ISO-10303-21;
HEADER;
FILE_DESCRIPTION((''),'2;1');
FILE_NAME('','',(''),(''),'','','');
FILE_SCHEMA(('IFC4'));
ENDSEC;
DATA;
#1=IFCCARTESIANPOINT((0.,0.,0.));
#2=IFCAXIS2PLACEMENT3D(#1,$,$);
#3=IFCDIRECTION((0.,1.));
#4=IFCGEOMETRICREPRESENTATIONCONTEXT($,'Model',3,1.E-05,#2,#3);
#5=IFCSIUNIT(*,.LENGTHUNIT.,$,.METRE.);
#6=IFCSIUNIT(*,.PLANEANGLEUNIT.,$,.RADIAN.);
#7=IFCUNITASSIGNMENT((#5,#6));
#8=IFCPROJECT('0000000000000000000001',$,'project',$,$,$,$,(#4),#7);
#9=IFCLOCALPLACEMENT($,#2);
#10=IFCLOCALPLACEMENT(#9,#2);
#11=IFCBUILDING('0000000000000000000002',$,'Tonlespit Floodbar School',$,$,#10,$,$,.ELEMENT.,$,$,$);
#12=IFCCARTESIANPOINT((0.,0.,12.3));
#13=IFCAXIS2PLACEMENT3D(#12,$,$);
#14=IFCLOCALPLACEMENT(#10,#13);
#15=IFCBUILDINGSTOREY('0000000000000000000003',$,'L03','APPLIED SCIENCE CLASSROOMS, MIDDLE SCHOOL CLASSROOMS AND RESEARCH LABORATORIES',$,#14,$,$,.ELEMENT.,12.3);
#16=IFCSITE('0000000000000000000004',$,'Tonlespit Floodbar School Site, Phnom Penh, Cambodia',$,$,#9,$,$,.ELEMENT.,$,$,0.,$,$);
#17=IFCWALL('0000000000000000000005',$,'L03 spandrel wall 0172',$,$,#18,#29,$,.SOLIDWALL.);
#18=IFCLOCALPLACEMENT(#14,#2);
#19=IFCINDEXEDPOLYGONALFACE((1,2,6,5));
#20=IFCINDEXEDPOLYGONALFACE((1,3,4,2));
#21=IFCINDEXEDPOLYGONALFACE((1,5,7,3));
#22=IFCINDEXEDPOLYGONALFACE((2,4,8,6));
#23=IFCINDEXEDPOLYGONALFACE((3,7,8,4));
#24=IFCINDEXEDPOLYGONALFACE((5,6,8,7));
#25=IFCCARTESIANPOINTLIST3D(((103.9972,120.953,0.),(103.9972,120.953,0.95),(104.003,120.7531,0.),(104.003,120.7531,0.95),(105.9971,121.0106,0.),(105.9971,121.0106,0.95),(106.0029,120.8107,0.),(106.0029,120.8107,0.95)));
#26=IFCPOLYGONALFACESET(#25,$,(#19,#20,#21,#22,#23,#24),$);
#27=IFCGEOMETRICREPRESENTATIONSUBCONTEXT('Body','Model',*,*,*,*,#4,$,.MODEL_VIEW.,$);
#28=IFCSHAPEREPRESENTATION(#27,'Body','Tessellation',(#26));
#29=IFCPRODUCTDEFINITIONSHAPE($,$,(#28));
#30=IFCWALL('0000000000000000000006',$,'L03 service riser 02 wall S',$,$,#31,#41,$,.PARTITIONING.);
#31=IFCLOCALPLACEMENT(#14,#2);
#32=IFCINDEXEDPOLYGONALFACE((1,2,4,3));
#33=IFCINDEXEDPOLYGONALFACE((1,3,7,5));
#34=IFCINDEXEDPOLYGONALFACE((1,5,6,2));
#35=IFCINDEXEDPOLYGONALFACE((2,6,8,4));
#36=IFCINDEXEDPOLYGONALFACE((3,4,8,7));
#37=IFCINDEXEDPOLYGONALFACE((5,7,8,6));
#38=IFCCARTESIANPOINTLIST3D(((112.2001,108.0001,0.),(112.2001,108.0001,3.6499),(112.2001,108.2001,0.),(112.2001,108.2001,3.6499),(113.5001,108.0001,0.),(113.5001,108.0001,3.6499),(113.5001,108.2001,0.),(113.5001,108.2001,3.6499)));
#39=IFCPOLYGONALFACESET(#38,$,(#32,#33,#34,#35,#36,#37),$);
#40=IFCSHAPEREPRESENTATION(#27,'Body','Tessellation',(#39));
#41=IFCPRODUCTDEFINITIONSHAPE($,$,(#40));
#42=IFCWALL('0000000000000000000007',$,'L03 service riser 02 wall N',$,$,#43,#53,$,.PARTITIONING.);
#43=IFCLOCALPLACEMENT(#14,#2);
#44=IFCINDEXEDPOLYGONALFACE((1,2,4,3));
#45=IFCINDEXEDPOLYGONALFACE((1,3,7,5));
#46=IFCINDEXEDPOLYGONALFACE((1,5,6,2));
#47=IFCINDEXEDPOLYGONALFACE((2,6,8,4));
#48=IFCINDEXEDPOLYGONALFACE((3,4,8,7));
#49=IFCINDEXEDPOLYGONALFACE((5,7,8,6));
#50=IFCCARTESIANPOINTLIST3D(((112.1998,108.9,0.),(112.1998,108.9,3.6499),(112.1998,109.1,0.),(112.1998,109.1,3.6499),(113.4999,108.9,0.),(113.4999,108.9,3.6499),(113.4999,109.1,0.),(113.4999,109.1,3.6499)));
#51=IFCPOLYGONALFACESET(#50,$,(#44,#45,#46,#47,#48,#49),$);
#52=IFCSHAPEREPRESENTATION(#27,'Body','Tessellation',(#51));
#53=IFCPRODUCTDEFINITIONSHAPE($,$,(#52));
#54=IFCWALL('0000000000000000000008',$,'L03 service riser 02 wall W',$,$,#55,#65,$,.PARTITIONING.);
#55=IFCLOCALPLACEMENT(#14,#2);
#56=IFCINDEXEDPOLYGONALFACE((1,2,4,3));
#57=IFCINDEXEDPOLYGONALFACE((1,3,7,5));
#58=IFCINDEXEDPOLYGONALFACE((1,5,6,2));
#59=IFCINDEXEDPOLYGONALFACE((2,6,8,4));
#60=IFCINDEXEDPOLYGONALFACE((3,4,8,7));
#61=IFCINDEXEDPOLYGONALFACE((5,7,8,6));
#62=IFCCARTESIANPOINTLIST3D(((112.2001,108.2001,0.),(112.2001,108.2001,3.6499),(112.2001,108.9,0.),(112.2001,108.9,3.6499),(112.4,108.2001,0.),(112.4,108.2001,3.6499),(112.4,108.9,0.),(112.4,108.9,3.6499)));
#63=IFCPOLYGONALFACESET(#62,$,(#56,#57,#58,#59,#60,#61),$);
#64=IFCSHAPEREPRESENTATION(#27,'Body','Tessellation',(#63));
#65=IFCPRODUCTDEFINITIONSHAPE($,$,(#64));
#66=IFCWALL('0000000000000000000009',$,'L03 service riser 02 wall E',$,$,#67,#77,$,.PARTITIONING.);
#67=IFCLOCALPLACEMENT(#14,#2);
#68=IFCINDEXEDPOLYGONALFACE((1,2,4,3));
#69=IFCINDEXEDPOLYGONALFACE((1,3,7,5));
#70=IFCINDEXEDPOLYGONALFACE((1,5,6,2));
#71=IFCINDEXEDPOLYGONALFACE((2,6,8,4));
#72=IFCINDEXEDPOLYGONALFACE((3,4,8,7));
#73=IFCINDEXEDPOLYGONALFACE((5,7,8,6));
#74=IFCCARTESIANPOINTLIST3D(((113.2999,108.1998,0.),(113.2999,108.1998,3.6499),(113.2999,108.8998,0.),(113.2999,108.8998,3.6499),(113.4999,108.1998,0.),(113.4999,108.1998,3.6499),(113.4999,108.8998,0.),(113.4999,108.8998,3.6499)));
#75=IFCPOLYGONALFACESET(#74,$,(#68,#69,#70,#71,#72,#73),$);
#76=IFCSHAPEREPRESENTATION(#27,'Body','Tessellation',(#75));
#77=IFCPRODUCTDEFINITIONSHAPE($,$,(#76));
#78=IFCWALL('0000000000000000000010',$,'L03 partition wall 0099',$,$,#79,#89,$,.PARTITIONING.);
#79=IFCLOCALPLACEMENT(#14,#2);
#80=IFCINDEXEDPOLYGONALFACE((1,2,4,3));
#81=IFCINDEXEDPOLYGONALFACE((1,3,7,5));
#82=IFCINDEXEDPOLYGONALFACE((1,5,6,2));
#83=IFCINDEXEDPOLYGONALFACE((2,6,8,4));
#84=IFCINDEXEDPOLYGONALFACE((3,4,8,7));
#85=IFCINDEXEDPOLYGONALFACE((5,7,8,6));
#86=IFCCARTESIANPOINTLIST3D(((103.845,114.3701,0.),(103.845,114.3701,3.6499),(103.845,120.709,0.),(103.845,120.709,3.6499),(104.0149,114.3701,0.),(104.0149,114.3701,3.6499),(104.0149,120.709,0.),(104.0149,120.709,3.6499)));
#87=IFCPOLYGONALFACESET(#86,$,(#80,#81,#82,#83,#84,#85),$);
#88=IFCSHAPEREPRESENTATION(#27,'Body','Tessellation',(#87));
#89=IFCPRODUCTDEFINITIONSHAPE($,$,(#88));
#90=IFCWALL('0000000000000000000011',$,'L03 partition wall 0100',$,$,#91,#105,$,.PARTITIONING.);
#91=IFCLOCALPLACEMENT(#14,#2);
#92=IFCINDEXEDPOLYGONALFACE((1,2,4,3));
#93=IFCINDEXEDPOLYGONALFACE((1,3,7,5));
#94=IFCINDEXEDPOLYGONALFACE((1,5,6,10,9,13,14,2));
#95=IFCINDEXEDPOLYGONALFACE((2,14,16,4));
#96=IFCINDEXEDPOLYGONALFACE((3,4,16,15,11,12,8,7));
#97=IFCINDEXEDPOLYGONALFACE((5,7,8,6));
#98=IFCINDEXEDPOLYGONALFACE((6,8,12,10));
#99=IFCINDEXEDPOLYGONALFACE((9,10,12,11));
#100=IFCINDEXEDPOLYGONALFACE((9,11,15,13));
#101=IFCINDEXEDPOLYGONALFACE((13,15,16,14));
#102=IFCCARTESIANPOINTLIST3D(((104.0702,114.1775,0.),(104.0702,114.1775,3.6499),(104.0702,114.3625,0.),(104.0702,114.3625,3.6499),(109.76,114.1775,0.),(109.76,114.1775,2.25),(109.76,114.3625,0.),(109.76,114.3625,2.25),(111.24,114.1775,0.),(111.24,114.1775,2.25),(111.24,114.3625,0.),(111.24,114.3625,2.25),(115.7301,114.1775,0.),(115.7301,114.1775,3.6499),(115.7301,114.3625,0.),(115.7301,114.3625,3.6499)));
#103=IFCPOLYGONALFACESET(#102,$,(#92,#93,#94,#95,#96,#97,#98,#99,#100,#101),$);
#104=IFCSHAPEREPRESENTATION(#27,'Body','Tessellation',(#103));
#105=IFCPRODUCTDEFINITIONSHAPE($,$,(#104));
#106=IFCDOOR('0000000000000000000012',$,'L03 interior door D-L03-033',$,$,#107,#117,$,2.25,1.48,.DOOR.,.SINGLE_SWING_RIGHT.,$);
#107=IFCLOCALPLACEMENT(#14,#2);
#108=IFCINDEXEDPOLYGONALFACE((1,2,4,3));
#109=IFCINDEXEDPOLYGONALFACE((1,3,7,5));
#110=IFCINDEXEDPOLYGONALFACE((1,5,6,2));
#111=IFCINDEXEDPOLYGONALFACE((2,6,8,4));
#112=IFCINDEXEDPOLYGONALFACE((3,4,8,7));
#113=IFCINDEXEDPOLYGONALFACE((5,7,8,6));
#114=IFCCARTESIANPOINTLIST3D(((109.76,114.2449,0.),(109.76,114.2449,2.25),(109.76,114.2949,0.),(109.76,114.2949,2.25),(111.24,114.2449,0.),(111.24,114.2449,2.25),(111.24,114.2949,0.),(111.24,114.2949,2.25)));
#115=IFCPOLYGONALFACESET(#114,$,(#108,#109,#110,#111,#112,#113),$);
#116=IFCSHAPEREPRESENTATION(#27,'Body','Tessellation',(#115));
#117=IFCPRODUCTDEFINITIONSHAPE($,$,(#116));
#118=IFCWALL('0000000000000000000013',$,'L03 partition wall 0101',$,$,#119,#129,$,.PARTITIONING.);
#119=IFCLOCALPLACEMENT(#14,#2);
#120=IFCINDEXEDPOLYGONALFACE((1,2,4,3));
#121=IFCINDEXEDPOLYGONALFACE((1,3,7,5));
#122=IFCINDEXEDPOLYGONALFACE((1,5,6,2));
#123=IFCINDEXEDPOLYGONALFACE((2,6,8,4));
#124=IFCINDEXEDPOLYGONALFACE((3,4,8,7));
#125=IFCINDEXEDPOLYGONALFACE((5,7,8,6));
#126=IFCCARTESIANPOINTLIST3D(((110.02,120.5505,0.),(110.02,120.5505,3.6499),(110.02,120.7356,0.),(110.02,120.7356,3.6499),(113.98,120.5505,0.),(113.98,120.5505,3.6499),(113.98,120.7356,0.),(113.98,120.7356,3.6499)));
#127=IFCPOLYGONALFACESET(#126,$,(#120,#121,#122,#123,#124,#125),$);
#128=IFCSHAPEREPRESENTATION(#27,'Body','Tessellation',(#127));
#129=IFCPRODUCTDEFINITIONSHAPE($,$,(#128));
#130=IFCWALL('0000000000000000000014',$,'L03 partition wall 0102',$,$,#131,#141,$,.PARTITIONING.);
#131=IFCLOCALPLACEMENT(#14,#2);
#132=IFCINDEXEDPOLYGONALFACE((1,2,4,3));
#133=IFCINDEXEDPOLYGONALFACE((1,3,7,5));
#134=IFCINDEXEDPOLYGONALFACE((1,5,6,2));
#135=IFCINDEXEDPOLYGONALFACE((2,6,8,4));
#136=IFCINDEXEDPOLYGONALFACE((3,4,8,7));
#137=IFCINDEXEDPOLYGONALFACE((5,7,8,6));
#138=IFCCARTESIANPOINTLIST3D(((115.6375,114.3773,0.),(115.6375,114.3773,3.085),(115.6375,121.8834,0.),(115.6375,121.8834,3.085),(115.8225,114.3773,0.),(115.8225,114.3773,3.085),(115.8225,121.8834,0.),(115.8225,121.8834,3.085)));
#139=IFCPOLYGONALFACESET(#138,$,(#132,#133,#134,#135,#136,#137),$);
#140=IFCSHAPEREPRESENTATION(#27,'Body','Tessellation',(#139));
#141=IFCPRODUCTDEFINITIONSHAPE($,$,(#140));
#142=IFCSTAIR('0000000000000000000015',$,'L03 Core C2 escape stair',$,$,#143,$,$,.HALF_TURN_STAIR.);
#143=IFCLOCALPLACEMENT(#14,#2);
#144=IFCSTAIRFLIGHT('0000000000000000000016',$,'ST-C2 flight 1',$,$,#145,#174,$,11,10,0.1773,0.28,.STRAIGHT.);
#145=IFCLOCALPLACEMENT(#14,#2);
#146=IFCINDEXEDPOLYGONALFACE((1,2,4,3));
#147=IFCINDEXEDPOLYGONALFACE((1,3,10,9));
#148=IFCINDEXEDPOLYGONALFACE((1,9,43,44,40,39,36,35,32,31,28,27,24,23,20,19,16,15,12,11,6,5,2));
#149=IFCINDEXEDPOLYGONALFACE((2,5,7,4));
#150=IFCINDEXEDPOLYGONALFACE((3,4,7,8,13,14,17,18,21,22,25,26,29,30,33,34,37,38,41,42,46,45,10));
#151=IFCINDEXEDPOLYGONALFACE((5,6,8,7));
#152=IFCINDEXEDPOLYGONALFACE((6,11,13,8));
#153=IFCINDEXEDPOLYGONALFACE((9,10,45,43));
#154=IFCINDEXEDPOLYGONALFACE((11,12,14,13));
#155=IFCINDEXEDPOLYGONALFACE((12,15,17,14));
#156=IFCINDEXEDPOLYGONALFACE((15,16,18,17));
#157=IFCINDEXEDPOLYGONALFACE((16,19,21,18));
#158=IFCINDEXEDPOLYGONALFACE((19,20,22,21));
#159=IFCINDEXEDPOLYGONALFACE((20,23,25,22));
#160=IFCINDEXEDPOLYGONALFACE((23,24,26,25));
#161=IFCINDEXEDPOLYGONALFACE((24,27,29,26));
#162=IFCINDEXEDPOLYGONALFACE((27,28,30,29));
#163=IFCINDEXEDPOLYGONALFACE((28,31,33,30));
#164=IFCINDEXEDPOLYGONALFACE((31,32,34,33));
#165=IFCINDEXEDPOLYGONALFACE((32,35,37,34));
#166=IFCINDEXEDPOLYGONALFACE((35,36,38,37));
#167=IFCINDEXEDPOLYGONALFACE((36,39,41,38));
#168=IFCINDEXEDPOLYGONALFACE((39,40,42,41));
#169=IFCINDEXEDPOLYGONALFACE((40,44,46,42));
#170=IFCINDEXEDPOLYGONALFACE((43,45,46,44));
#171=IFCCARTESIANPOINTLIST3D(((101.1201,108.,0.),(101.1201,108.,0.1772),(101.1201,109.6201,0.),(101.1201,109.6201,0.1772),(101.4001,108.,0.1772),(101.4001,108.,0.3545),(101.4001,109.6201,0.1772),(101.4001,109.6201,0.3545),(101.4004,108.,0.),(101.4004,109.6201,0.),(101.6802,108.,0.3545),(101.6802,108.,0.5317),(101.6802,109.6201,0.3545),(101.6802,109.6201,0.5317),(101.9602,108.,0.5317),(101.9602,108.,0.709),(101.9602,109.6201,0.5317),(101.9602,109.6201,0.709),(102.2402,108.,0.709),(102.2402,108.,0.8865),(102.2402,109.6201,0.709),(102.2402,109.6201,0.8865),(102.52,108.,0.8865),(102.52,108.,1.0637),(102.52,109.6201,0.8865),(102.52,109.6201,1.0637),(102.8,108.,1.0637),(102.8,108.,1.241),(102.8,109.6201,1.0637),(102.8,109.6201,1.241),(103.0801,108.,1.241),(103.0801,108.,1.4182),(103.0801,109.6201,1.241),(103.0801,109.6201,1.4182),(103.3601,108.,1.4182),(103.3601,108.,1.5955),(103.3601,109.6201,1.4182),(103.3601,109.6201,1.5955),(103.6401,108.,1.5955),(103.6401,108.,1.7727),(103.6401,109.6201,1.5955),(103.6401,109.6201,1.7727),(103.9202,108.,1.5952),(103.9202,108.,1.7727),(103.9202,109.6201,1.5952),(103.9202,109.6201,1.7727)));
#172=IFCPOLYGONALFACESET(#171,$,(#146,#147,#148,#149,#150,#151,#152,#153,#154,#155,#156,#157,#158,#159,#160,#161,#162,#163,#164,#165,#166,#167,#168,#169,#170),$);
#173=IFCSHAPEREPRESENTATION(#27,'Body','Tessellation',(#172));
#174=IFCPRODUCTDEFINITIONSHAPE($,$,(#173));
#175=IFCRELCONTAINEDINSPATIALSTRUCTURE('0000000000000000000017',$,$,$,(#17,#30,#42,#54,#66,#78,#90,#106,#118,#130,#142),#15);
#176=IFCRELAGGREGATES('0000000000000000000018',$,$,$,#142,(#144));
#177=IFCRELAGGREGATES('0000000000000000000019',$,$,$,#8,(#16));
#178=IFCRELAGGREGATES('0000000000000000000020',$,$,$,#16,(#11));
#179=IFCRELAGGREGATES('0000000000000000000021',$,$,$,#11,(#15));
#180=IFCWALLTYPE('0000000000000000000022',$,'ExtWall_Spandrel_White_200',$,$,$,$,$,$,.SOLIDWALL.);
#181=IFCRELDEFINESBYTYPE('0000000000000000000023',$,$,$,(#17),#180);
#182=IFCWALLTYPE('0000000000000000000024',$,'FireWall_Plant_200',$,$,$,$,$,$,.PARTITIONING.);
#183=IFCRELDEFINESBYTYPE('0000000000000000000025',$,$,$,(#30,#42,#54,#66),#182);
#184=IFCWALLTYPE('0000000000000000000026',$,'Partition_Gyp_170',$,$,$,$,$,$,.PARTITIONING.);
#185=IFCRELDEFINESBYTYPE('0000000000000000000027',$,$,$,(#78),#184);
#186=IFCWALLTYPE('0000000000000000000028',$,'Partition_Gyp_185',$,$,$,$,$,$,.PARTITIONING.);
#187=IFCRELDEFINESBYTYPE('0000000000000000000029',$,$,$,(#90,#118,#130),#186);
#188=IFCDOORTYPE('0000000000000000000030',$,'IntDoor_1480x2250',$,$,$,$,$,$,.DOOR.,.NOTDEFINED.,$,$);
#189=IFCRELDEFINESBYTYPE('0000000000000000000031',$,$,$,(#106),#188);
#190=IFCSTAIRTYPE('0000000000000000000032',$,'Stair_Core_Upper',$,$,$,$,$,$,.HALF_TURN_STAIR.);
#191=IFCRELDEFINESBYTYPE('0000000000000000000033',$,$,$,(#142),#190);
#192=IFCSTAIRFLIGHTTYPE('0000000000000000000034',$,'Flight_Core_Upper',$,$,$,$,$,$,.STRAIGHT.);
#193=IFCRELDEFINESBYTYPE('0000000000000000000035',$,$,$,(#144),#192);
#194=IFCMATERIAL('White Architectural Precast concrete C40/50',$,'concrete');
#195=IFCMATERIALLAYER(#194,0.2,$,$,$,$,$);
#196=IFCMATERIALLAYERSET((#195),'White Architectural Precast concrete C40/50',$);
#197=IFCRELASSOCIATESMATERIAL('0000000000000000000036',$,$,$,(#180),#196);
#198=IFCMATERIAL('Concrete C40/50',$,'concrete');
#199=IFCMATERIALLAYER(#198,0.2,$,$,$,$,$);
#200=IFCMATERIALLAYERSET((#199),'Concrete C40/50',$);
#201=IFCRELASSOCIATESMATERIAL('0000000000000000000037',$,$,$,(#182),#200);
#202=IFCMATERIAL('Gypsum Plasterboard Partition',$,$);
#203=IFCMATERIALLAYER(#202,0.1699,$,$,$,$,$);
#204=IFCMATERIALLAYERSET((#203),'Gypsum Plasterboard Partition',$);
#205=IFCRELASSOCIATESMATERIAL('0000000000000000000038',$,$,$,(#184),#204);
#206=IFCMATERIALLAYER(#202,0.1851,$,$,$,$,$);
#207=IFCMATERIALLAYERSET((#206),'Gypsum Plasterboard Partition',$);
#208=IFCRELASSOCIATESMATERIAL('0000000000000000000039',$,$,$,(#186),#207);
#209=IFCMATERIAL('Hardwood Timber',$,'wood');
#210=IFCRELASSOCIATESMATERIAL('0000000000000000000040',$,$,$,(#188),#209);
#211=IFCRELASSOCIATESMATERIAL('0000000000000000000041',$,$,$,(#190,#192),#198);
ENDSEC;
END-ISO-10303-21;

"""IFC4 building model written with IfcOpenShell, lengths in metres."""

from ifc_helpers import new_model, si_unit, direction, frame, frame_2d, origin, place, context, subcontext, project, spatial, polyline, rectangle, outline, extrude, material, layer, layer_set, type_object, element, fill, aggregate, save


model = new_model("IFC4")

# Units and contexts
model_context = context("Model", 3, precision=1e-05, world=origin(), true_north=direction((0.0, 1.0)))
body_context = subcontext(model_context, "Body", "Model", "MODEL_VIEW")
ifc_project = project(units=[si_unit("LENGTHUNIT", "METRE"), si_unit("PLANEANGLEUNIT", "RADIAN")], contexts=[model_context])

# Site, building, storey
site_placement = place(None, origin())
site = spatial("IfcSite", under=ifc_project, at=site_placement, Name="Tonlespit Floodbar School Site, Phnom Penh, Cambodia", CompositionType="ELEMENT", RefElevation=0.0)
building_placement = place(site_placement, origin())
building = spatial("IfcBuilding", under=site, at=building_placement, Name="Tonlespit Floodbar School", CompositionType="ELEMENT")
storey_placement = place(building_placement, frame((0.0, 0.0, 12.3)))
storey = spatial("IfcBuildingStorey", under=building, at=storey_placement, Name="L03", Description="APPLIED SCIENCE CLASSROOMS, MIDDLE SCHOOL CLASSROOMS AND RESEARCH LABORATORIES", CompositionType="ELEMENT", Elevation=12.3)

# Walls
ifc_material_1 = material(Name="Concrete C40/50", Category="concrete")
ifc_material_2 = material(Name="White Architectural Precast concrete C40/50", Category="concrete")
ifc_layer_1 = layer(ifc_material_2, 0.2)
ifc_layer_set_1 = layer_set([ifc_layer_1], Name="White Architectural Precast concrete C40/50")
wall_type_1 = type_object("IfcWallType", Name="ExtWall_Spandrel_White_200", PredefinedType="SOLIDWALL", material=ifc_layer_set_1)
wall_1_placement = place(storey_placement, frame((104.0, 120.853, 0.0), z_axis=(0.0, 0.0, 1.0), x_axis=(0.999585, 0.028797, 0.0)))
element("IfcWall", 1, at=wall_1_placement, inside=storey, type_object=wall_type_1, Name="L03 spandrel wall 0172", PredefinedType="SOLIDWALL", context=body_context, shape_type="SweptSolid", body=[
    extrude(rectangle(XDim=2.0007, YDim=0.2, at=frame_2d((1.0005, 0.0))), origin(), (0.0, 0.0, 1.0), 0.95),
])
ifc_layer_2 = layer(ifc_material_1, 0.2)
ifc_layer_set_2 = layer_set([ifc_layer_2], Name="Concrete C40/50")
wall_type_2 = type_object("IfcWallType", Name="FireWall_Plant_200", PredefinedType="PARTITIONING", material=ifc_layer_set_2)
for number, where, z_axis, x_axis, name in (
    (2, (113.5, 108.1001, 0.0), (0.0, 0.0, 1.0), (-1.0, 0.0, 0.0), "L03 service riser 02 wall S"),
    (3, (112.2, 109.0, 0.0), (0.0, 0.0, 1.0), (1.0, 0.0, 0.0), "L03 service riser 02 wall N"),
):
    element("IfcWall", number, at=place(storey_placement, frame(where, z_axis=z_axis, x_axis=x_axis)), inside=storey, type_object=wall_type_2, Name=name, PredefinedType="PARTITIONING", context=body_context, shape_type="SweptSolid", body=[
        extrude(rectangle(XDim=1.3, YDim=0.2, at=frame_2d((0.6499, 0.0))), origin(), (0.0, 0.0, 1.0), 3.6499),
    ])
for number, where, z_axis, x_axis, name in (
    (4, (112.3, 108.2, 0.0), (0.0, 0.0, 1.0), (0.0, 1.0, 0.0), "L03 service riser 02 wall W"),
    (5, (113.3999, 108.8999, 0.0), (0.0, 0.0, 1.0), (0.0, -1.0, 0.0), "L03 service riser 02 wall E"),
):
    element("IfcWall", number, at=place(storey_placement, frame(where, z_axis=z_axis, x_axis=x_axis)), inside=storey, type_object=wall_type_2, Name=name, PredefinedType="PARTITIONING", context=body_context, shape_type="SweptSolid", body=[
        extrude(rectangle(XDim=0.7, YDim=0.2, at=frame_2d((0.3501, 0.0))), origin(), (0.0, 0.0, 1.0), 3.6499),
    ])
ifc_material_3 = material(Name="Gypsum Plasterboard Partition")
ifc_layer_3 = layer(ifc_material_3, 0.1699)
ifc_layer_set_3 = layer_set([ifc_layer_3], Name="Gypsum Plasterboard Partition")
wall_type_3 = type_object("IfcWallType", Name="Partition_Gyp_170", PredefinedType="PARTITIONING", material=ifc_layer_set_3)
wall_2_placement = place(storey_placement, frame((103.9299, 114.3701, 0.0), z_axis=(0.0, 0.0, 1.0), x_axis=(0.0, 1.0, 0.0)))
element("IfcWall", 6, at=wall_2_placement, inside=storey, type_object=wall_type_3, Name="L03 partition wall 0099", PredefinedType="PARTITIONING", context=body_context, shape_type="SweptSolid", body=[
    extrude(rectangle(XDim=6.3389, YDim=0.1699, at=frame_2d((3.1694, 0.0))), origin(), (0.0, 0.0, 1.0), 3.6499),
])

# Wall, opening, door
ifc_layer_4 = layer(ifc_material_3, 0.1851)
ifc_layer_set_4 = layer_set([ifc_layer_4], Name="Gypsum Plasterboard Partition")
wall_type_4 = type_object("IfcWallType", Name="Partition_Gyp_185", PredefinedType="PARTITIONING", material=ifc_layer_set_4)
wall_3_placement = place(storey_placement, frame((104.0701, 114.27, 0.0), z_axis=(0.0, 0.0, 1.0), x_axis=(1.0, 0.0, 0.0)))
wall_3 = element("IfcWall", 7, at=wall_3_placement, inside=storey, type_object=wall_type_4, Name="L03 partition wall 0100", PredefinedType="PARTITIONING", context=body_context, shape_type="SweptSolid", body=[
    extrude(rectangle(XDim=11.6599, YDim=0.1851, at=frame_2d((5.8301, 0.0))), origin(), (0.0, 0.0, 1.0), 3.6499),
])
opening_placement = place(wall_3_placement, frame((5.6899, 0.0, 0.0)))
opening = element("IfcOpeningElement", 8, at=opening_placement, cuts=wall_3, PredefinedType="OPENING", context=body_context, shape_type="SweptSolid", body=[
    extrude(rectangle(XDim=1.48, YDim=2.25, at=frame_2d((0.74, 1.125))), frame((0.0, 0.1025, 0.0), z_axis=(0.0, -1.0, 0.0), x_axis=(1.0, 0.0, 0.0)), (0.0, 0.0, 1.0), 0.2051),
])
ifc_material_4 = material(Name="Hardwood Timber", Category="wood")
door_type = type_object("IfcDoorType", Name="IntDoor_1480x2250", OperationType="NOTDEFINED", PredefinedType="DOOR", material=ifc_material_4)
door_placement = place(opening_placement, origin())
door = element("IfcDoor", 9, at=door_placement, inside=storey, type_object=door_type, Name="L03 interior door D-L03-033", OperationType="SINGLE_SWING_RIGHT", OverallHeight=2.25, OverallWidth=1.48, PredefinedType="DOOR", context=body_context, shape_type="SweptSolid", body=[
    extrude(rectangle(XDim=1.48, YDim=2.25, at=frame_2d((0.74, 1.125))), frame((0.0, 0.0249, 0.0), z_axis=(0.0, -1.0, 0.0), x_axis=(1.0, 0.0, 0.0)), (0.0, 0.0, 1.0), 0.05),
])
fill(opening, door)

# Walls
wall_4_placement = place(storey_placement, frame((110.02, 120.6431, 0.0), z_axis=(0.0, 0.0, 1.0), x_axis=(1.0, 0.0, 0.0)))
element("IfcWall", 10, at=wall_4_placement, inside=storey, type_object=wall_type_4, Name="L03 partition wall 0101", PredefinedType="PARTITIONING", context=body_context, shape_type="SweptSolid", body=[
    extrude(rectangle(XDim=3.96, YDim=0.1851, at=frame_2d((1.98, 0.0))), origin(), (0.0, 0.0, 1.0), 3.6499),
])
wall_5_placement = place(storey_placement, frame((115.73, 114.3774, 0.0), z_axis=(0.0, 0.0, 1.0), x_axis=(0.0, 1.0, 0.0)))
element("IfcWall", 11, at=wall_5_placement, inside=storey, type_object=wall_type_4, Name="L03 partition wall 0102", PredefinedType="PARTITIONING", context=body_context, shape_type="SweptSolid", body=[
    extrude(rectangle(XDim=7.5061, YDim=0.1851, at=frame_2d((3.7529, 0.0))), origin(), (0.0, 0.0, 1.0), 3.085),
])

# Stair, stair flight
stair_type = type_object("IfcStairType", Name="Stair_Core_Upper", PredefinedType="HALF_TURN_STAIR", material=ifc_material_1)
stair_placement = place(storey_placement, origin())
stair = element("IfcStair", 12, at=stair_placement, inside=storey, type_object=stair_type, Name="L03 Core C2 escape stair", PredefinedType="HALF_TURN_STAIR")
stair_flight_type = type_object("IfcStairFlightType", Name="Flight_Core_Upper", PredefinedType="STRAIGHT", material=ifc_material_1)
stair_flight_1_placement = place(storey_placement, frame((101.1201, 108.8101, 0.0), z_axis=(0.0, 0.0, 1.0), x_axis=(1.0, 0.0, 0.0)))
stair_flight_1 = element("IfcStairFlight", 13, at=stair_flight_1_placement, type_object=stair_flight_type, Name="ST-C2 flight 1", NumberOfRisers=11, NumberOfTreads=10, PredefinedType="STRAIGHT", RiserHeight=0.1773, TreadLength=0.28, context=body_context, shape_type="SweptSolid", body=[
    extrude(outline(polyline([(0.0, 0.0), (0.0, 0.1772), (0.28, 0.1772), (0.28, 0.3545), (0.5601, 0.3545), (0.5601, 0.5317), (0.8401, 0.5317), (0.8401, 0.709), (1.1201, 0.709), (1.1201, 0.8865), (1.3999, 0.8865), (1.3999, 1.0637), (1.6799, 1.0637), (1.6799, 1.241), (1.96, 1.241), (1.96, 1.4182), (2.24, 1.4182), (2.24, 1.5955), (2.52, 1.5955), (2.52, 1.7727), (2.8, 1.7727), (2.8, 1.95), (2.8, 1.5952), (0.2803, 0.0), (0.0, 0.0)])), frame((0.0, 0.8101, 0.0), z_axis=(0.0, -1.0, 0.0), x_axis=(1.0, 0.0, 0.0)), (0.0, 0.0, 1.0), 1.6201),
])
aggregate(stair, [stair_flight_1])

save(model, "model.ifc")
